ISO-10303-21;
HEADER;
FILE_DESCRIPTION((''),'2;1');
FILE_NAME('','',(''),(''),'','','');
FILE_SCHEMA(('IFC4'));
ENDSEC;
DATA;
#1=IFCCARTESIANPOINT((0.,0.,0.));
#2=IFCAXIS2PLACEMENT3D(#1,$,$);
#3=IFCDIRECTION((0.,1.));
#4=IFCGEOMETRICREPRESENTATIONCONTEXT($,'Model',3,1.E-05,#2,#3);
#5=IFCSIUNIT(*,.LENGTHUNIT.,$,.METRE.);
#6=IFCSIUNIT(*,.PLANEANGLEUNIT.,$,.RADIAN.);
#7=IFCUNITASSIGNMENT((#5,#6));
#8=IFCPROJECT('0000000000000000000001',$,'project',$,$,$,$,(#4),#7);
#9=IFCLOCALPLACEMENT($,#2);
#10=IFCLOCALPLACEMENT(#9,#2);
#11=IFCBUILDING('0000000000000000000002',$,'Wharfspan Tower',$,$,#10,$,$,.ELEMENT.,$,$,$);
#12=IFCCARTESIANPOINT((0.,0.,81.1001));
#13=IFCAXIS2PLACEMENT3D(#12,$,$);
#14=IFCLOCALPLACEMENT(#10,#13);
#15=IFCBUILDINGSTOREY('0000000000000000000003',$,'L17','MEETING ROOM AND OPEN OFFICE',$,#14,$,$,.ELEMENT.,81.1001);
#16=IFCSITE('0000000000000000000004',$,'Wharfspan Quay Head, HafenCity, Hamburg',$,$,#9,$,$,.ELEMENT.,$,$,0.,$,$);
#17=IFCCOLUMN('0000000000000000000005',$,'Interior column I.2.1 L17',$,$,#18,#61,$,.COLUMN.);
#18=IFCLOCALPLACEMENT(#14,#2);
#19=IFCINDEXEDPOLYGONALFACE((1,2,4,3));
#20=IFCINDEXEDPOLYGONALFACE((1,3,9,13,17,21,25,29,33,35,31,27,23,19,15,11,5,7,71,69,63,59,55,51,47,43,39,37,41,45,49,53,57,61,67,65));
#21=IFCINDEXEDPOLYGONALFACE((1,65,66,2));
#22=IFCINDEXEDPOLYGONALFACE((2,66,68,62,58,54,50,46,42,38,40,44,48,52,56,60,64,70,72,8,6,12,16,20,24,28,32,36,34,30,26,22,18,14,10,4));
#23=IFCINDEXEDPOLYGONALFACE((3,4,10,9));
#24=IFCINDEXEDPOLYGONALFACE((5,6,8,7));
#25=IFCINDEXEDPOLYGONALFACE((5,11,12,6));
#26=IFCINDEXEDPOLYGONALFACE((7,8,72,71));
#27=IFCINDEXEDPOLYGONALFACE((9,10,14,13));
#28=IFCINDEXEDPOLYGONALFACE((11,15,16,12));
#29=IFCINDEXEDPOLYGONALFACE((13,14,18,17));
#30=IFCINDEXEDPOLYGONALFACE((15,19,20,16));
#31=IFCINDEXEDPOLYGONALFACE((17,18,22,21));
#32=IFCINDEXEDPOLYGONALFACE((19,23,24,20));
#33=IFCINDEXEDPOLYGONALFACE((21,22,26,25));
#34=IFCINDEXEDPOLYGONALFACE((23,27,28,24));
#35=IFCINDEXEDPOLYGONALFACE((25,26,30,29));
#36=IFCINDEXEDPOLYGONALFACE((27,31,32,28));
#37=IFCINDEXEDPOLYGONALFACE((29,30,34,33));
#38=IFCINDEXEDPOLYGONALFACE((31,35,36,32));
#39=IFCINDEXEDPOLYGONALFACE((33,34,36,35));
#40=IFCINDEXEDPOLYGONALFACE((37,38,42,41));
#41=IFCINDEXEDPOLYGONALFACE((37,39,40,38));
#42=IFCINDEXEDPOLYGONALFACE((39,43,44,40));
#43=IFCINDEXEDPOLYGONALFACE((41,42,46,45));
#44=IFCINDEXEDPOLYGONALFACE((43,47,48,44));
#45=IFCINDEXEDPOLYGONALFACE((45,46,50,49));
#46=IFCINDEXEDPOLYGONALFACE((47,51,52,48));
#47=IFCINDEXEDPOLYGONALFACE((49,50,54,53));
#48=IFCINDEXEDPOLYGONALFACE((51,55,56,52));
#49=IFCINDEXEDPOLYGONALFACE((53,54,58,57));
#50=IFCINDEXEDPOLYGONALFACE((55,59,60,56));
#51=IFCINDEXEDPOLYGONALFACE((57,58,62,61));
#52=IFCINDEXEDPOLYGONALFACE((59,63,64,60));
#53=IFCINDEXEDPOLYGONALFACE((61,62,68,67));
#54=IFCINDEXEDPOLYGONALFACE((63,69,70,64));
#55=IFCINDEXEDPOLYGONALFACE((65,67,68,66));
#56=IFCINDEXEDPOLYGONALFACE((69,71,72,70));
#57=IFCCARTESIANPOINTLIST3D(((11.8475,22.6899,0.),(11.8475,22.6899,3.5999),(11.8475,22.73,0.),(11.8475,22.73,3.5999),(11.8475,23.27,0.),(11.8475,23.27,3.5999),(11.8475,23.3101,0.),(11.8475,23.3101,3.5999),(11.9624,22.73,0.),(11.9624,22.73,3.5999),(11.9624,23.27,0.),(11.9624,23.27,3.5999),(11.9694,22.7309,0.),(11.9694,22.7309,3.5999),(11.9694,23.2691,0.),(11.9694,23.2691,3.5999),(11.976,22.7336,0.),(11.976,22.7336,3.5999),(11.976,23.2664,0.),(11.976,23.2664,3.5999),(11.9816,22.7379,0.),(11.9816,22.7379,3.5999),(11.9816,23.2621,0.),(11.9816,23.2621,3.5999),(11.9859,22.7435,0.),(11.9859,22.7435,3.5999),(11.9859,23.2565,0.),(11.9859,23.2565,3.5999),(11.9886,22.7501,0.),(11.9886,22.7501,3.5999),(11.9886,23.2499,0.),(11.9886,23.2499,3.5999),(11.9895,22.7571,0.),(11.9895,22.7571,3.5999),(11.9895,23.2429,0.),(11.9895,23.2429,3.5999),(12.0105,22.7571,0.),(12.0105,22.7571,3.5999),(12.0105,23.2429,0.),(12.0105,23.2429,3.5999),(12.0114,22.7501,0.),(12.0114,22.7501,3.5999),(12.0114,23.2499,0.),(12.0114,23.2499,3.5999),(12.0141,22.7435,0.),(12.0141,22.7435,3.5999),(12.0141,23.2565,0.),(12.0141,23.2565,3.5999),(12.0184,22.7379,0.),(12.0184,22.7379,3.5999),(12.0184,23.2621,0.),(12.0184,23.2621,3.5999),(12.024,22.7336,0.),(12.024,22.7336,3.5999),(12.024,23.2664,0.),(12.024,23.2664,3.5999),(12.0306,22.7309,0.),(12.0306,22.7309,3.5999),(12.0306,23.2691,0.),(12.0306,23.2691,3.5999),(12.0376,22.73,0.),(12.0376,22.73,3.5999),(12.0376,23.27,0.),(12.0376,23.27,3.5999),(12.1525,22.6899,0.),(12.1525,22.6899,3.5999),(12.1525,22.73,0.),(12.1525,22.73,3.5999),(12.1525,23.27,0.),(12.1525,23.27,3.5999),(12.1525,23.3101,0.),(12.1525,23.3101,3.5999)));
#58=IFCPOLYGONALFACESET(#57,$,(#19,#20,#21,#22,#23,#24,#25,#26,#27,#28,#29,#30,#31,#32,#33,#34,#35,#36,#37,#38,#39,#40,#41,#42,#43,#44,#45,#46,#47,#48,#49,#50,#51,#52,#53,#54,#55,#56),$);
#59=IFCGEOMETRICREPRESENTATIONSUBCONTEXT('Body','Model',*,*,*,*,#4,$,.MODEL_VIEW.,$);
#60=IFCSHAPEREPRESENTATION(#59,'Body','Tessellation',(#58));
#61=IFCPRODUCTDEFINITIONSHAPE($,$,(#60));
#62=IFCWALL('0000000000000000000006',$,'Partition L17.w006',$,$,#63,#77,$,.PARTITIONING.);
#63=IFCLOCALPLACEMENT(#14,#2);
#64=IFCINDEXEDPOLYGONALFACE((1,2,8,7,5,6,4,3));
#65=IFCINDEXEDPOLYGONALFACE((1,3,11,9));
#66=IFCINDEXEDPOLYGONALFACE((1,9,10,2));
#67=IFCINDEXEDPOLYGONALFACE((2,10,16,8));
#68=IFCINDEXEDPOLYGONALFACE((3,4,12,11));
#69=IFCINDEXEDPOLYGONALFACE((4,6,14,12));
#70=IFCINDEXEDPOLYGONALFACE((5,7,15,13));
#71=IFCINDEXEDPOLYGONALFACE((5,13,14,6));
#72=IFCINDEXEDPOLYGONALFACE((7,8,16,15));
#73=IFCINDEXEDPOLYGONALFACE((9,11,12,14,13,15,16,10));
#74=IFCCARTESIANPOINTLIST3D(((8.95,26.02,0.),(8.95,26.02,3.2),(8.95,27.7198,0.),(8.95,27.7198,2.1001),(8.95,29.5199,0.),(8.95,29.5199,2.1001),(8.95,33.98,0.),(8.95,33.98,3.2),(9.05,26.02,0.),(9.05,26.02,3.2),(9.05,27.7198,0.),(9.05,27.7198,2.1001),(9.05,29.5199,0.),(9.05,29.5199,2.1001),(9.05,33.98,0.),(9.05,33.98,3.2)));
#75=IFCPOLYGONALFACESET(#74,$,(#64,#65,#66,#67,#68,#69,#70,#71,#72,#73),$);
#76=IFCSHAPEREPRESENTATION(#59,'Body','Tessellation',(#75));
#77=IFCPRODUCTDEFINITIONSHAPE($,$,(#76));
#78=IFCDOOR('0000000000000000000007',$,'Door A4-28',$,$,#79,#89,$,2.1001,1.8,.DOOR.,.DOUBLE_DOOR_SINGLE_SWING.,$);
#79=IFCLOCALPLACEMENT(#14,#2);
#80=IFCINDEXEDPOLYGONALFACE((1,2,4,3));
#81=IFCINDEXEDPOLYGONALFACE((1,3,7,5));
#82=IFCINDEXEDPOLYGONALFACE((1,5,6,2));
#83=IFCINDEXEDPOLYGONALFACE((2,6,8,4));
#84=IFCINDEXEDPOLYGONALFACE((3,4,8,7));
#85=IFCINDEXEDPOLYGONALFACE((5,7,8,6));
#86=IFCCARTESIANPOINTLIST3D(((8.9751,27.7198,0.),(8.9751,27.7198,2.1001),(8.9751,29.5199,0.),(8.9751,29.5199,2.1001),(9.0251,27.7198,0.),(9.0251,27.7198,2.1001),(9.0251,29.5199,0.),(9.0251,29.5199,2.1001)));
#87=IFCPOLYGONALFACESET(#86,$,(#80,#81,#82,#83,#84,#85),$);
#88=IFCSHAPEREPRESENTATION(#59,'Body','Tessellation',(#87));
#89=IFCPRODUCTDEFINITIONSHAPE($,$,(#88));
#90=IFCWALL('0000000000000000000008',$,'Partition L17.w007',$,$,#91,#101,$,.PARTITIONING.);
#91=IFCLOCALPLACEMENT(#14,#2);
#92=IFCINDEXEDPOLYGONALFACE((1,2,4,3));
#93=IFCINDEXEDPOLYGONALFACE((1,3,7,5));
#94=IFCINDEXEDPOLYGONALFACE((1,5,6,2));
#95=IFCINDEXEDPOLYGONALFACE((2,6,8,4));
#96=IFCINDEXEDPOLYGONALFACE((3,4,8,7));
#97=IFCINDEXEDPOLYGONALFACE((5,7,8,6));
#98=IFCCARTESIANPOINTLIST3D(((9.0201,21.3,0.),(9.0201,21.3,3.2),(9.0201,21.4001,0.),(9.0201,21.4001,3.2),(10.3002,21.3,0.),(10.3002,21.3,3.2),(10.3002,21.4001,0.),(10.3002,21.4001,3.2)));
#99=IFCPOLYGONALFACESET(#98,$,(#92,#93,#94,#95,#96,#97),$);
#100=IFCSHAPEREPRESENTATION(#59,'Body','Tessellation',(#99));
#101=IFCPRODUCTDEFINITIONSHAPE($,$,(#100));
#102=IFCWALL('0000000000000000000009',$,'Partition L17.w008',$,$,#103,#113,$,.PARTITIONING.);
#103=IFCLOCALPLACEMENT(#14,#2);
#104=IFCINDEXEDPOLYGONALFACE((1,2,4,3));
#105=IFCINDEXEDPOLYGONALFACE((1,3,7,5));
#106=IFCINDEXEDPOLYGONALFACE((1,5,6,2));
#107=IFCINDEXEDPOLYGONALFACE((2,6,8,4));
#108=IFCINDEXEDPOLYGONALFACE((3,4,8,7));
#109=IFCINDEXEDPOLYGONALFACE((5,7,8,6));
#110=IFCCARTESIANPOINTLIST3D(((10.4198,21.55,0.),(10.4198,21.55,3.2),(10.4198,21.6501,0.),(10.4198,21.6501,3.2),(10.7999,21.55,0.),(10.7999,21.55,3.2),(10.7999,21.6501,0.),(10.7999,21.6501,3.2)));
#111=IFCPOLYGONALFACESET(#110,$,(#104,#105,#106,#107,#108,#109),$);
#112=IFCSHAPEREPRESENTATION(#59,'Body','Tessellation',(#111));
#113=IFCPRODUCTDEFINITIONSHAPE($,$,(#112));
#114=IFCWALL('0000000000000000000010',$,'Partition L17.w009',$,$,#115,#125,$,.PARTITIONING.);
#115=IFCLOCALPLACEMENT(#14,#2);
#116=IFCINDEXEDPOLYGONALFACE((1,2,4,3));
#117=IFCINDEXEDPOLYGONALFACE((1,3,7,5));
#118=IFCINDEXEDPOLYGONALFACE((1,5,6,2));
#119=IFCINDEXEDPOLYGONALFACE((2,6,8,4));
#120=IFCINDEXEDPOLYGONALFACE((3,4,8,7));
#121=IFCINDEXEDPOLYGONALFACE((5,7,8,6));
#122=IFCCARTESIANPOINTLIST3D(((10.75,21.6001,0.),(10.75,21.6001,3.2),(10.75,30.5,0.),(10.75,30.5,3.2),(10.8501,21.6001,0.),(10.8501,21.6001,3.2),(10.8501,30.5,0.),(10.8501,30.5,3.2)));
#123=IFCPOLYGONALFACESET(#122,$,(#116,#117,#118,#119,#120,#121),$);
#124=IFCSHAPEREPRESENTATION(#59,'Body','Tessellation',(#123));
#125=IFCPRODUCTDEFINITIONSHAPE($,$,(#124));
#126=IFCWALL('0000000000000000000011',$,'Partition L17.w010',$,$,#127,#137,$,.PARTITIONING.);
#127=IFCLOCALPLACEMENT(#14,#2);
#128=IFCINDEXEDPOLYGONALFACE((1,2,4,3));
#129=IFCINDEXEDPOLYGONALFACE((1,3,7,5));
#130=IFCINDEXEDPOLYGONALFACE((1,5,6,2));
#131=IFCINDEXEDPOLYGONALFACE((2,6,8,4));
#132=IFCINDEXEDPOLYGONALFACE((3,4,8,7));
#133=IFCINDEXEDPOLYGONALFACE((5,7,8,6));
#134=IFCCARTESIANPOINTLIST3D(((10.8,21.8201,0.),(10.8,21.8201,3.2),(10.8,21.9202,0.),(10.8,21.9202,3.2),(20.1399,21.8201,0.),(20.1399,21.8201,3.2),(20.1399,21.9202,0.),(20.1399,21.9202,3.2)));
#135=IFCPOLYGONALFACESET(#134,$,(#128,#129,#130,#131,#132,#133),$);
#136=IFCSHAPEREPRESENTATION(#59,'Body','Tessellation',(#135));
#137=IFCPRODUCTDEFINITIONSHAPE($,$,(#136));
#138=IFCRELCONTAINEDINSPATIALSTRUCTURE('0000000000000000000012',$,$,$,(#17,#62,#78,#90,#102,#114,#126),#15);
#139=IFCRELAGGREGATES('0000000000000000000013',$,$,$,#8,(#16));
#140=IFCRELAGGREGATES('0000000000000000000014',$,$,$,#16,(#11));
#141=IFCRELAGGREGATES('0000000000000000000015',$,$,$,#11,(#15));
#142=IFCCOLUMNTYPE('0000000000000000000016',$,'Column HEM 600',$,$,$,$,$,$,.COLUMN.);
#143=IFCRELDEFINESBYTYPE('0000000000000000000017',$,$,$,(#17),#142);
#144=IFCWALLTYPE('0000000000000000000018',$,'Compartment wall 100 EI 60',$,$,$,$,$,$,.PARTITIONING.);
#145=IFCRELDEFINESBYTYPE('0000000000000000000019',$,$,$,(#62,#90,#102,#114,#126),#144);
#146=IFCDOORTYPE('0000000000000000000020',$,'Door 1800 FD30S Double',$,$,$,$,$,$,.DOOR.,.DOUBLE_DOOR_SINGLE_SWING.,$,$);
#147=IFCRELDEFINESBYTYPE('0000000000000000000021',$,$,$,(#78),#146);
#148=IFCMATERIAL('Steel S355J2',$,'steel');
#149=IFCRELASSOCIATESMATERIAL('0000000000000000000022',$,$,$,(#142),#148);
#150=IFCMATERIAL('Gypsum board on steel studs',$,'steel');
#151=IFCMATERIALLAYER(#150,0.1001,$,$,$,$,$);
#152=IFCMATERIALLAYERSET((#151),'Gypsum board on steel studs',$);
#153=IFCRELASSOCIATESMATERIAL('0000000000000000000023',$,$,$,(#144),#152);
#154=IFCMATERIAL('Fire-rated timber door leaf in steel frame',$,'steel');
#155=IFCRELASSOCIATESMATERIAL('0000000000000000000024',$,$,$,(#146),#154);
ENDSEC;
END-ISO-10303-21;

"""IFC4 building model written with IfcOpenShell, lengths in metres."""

from ifc_helpers import new_model, si_unit, direction, frame, frame_2d, origin, origin_2d, place, context, subcontext, project, spatial, rectangle, i_section, extrude, material, layer, layer_set, material_profile, profile_set, type_object, element, fill, save


model = new_model("IFC4")

# Units and contexts
model_context = context("Model", 3, precision=1e-05, world=origin(), true_north=direction((0.0, 1.0)))
body_context = subcontext(model_context, "Body", "Model", "MODEL_VIEW")
ifc_project = project(units=[si_unit("LENGTHUNIT", "METRE"), si_unit("PLANEANGLEUNIT", "RADIAN")], contexts=[model_context])

# Site, building, storey
site_placement = place(None, origin())
site = spatial("IfcSite", under=ifc_project, at=site_placement, Name="Wharfspan Quay Head, HafenCity, Hamburg", CompositionType="ELEMENT", RefElevation=0.0)
building_placement = place(site_placement, origin())
building = spatial("IfcBuilding", under=site, at=building_placement, Name="Wharfspan Tower", CompositionType="ELEMENT")
storey_placement = place(building_placement, frame((0.0, 0.0, 81.1001)))
storey = spatial("IfcBuildingStorey", under=building, at=storey_placement, Name="L17", Description="MEETING ROOM AND OPEN OFFICE", CompositionType="ELEMENT", Elevation=81.1001)

# Column
ifc_material_1 = material(Name="Steel S355J2", Category="steel")
ifc_material_profile = material_profile(ifc_material_1, i_section(OverallWidth=0.3049, OverallDepth=0.6201, WebThickness=0.021, FlangeThickness=0.04, FilletRadius=0.0271, at=origin_2d()))
ifc_profile_set = profile_set([ifc_material_profile], Name="Steel S355J2")
column_type = type_object("IfcColumnType", Name="Column HEM 600", PredefinedType="COLUMN", material=ifc_profile_set)
column_placement = place(storey_placement, frame((12.0, 23.0, 0.0), z_axis=(0.0, 0.0, 1.0), x_axis=(1.0, 0.0, 0.0)))
element("IfcColumn", 1, at=column_placement, inside=storey, type_object=column_type, Name="Interior column I.2.1 L17", PredefinedType="COLUMN", context=body_context, shape_type="SweptSolid", body=[
    extrude(i_section(OverallWidth=0.3049, OverallDepth=0.6201, WebThickness=0.021, FlangeThickness=0.04, FilletRadius=0.0271, at=origin_2d()), origin(), (0.0, 0.0, 1.0), 3.5999),
])

# Wall, opening, door
ifc_material_2 = material(Name="Gypsum board on steel studs", Category="steel")
ifc_layer = layer(ifc_material_2, 0.1001)
ifc_layer_set = layer_set([ifc_layer], Name="Gypsum board on steel studs")
wall_type = type_object("IfcWallType", Name="Compartment wall 100 EI 60", PredefinedType="PARTITIONING", material=ifc_layer_set)
wall_1_placement = place(storey_placement, frame((9.0, 26.02, 0.0), z_axis=(0.0, 0.0, 1.0), x_axis=(0.0, 1.0, 0.0)))
wall_1 = element("IfcWall", 2, at=wall_1_placement, inside=storey, type_object=wall_type, Name="Partition L17.w006", PredefinedType="PARTITIONING", context=body_context, shape_type="SweptSolid", body=[
    extrude(rectangle(XDim=7.96, YDim=0.1001, at=frame_2d((3.98, 0.0))), origin(), (0.0, 0.0, 1.0), 3.2),
])
opening_placement = place(wall_1_placement, frame((1.7, 0.0, 0.0)))
opening = element("IfcOpeningElement", 3, at=opening_placement, cuts=wall_1, PredefinedType="OPENING", context=body_context, shape_type="SweptSolid", body=[
    extrude(rectangle(XDim=1.8, YDim=2.1001, at=frame_2d((0.8999, 1.05))), frame((0.0, 0.0601, 0.0), z_axis=(0.0, -1.0, 0.0), x_axis=(1.0, 0.0, 0.0)), (0.0, 0.0, 1.0), 0.1201),
])
ifc_material_3 = material(Name="Fire-rated timber door leaf in steel frame", Category="steel")
door_type = type_object("IfcDoorType", Name="Door 1800 FD30S Double", OperationType="DOUBLE_DOOR_SINGLE_SWING", PredefinedType="DOOR", material=ifc_material_3)
door_placement = place(opening_placement, origin())
door = element("IfcDoor", 4, at=door_placement, inside=storey, type_object=door_type, Name="Door A4-28", OperationType="DOUBLE_DOOR_SINGLE_SWING", OverallHeight=2.1001, OverallWidth=1.8, PredefinedType="DOOR", context=body_context, shape_type="SweptSolid", body=[
    extrude(rectangle(XDim=1.8, YDim=2.1001, at=frame_2d((0.8999, 1.05))), frame((0.0, 0.0249, 0.0), z_axis=(0.0, -1.0, 0.0), x_axis=(1.0, 0.0, 0.0)), (0.0, 0.0, 1.0), 0.05),
])
fill(opening, door)

# Walls
wall_2_placement = place(storey_placement, frame((9.02, 21.3501, 0.0), z_axis=(0.0, 0.0, 1.0), x_axis=(1.0, 0.0, 0.0)))
element("IfcWall", 5, at=wall_2_placement, inside=storey, type_object=wall_type, Name="Partition L17.w007", PredefinedType="PARTITIONING", context=body_context, shape_type="SweptSolid", body=[
    extrude(rectangle(XDim=1.28, YDim=0.1001, at=frame_2d((0.6401, 0.0))), origin(), (0.0, 0.0, 1.0), 3.2),
])
wall_3_placement = place(storey_placement, frame((10.4199, 21.6001, 0.0), z_axis=(0.0, 0.0, 1.0), x_axis=(1.0, 0.0, 0.0)))
element("IfcWall", 6, at=wall_3_placement, inside=storey, type_object=wall_type, Name="Partition L17.w008", PredefinedType="PARTITIONING", context=body_context, shape_type="SweptSolid", body=[
    extrude(rectangle(XDim=0.3801, YDim=0.1001, at=frame_2d((0.1899, 0.0))), origin(), (0.0, 0.0, 1.0), 3.2),
])
wall_4_placement = place(storey_placement, frame((10.8, 21.6001, 0.0), z_axis=(0.0, 0.0, 1.0), x_axis=(0.0, 1.0, 0.0)))
element("IfcWall", 7, at=wall_4_placement, inside=storey, type_object=wall_type, Name="Partition L17.w009", PredefinedType="PARTITIONING", context=body_context, shape_type="SweptSolid", body=[
    extrude(rectangle(XDim=8.8999, YDim=0.1001, at=frame_2d((4.45, 0.0))), origin(), (0.0, 0.0, 1.0), 3.2),
])
wall_5_placement = place(storey_placement, frame((10.8, 21.8701, 0.0), z_axis=(0.0, 0.0, 1.0), x_axis=(1.0, 0.0, 0.0)))
element("IfcWall", 8, at=wall_5_placement, inside=storey, type_object=wall_type, Name="Partition L17.w010", PredefinedType="PARTITIONING", context=body_context, shape_type="SweptSolid", body=[
    extrude(rectangle(XDim=9.3398, YDim=0.1001, at=frame_2d((4.6699, 0.0))), origin(), (0.0, 0.0, 1.0), 3.2),
])

save(model, "model.ifc")
